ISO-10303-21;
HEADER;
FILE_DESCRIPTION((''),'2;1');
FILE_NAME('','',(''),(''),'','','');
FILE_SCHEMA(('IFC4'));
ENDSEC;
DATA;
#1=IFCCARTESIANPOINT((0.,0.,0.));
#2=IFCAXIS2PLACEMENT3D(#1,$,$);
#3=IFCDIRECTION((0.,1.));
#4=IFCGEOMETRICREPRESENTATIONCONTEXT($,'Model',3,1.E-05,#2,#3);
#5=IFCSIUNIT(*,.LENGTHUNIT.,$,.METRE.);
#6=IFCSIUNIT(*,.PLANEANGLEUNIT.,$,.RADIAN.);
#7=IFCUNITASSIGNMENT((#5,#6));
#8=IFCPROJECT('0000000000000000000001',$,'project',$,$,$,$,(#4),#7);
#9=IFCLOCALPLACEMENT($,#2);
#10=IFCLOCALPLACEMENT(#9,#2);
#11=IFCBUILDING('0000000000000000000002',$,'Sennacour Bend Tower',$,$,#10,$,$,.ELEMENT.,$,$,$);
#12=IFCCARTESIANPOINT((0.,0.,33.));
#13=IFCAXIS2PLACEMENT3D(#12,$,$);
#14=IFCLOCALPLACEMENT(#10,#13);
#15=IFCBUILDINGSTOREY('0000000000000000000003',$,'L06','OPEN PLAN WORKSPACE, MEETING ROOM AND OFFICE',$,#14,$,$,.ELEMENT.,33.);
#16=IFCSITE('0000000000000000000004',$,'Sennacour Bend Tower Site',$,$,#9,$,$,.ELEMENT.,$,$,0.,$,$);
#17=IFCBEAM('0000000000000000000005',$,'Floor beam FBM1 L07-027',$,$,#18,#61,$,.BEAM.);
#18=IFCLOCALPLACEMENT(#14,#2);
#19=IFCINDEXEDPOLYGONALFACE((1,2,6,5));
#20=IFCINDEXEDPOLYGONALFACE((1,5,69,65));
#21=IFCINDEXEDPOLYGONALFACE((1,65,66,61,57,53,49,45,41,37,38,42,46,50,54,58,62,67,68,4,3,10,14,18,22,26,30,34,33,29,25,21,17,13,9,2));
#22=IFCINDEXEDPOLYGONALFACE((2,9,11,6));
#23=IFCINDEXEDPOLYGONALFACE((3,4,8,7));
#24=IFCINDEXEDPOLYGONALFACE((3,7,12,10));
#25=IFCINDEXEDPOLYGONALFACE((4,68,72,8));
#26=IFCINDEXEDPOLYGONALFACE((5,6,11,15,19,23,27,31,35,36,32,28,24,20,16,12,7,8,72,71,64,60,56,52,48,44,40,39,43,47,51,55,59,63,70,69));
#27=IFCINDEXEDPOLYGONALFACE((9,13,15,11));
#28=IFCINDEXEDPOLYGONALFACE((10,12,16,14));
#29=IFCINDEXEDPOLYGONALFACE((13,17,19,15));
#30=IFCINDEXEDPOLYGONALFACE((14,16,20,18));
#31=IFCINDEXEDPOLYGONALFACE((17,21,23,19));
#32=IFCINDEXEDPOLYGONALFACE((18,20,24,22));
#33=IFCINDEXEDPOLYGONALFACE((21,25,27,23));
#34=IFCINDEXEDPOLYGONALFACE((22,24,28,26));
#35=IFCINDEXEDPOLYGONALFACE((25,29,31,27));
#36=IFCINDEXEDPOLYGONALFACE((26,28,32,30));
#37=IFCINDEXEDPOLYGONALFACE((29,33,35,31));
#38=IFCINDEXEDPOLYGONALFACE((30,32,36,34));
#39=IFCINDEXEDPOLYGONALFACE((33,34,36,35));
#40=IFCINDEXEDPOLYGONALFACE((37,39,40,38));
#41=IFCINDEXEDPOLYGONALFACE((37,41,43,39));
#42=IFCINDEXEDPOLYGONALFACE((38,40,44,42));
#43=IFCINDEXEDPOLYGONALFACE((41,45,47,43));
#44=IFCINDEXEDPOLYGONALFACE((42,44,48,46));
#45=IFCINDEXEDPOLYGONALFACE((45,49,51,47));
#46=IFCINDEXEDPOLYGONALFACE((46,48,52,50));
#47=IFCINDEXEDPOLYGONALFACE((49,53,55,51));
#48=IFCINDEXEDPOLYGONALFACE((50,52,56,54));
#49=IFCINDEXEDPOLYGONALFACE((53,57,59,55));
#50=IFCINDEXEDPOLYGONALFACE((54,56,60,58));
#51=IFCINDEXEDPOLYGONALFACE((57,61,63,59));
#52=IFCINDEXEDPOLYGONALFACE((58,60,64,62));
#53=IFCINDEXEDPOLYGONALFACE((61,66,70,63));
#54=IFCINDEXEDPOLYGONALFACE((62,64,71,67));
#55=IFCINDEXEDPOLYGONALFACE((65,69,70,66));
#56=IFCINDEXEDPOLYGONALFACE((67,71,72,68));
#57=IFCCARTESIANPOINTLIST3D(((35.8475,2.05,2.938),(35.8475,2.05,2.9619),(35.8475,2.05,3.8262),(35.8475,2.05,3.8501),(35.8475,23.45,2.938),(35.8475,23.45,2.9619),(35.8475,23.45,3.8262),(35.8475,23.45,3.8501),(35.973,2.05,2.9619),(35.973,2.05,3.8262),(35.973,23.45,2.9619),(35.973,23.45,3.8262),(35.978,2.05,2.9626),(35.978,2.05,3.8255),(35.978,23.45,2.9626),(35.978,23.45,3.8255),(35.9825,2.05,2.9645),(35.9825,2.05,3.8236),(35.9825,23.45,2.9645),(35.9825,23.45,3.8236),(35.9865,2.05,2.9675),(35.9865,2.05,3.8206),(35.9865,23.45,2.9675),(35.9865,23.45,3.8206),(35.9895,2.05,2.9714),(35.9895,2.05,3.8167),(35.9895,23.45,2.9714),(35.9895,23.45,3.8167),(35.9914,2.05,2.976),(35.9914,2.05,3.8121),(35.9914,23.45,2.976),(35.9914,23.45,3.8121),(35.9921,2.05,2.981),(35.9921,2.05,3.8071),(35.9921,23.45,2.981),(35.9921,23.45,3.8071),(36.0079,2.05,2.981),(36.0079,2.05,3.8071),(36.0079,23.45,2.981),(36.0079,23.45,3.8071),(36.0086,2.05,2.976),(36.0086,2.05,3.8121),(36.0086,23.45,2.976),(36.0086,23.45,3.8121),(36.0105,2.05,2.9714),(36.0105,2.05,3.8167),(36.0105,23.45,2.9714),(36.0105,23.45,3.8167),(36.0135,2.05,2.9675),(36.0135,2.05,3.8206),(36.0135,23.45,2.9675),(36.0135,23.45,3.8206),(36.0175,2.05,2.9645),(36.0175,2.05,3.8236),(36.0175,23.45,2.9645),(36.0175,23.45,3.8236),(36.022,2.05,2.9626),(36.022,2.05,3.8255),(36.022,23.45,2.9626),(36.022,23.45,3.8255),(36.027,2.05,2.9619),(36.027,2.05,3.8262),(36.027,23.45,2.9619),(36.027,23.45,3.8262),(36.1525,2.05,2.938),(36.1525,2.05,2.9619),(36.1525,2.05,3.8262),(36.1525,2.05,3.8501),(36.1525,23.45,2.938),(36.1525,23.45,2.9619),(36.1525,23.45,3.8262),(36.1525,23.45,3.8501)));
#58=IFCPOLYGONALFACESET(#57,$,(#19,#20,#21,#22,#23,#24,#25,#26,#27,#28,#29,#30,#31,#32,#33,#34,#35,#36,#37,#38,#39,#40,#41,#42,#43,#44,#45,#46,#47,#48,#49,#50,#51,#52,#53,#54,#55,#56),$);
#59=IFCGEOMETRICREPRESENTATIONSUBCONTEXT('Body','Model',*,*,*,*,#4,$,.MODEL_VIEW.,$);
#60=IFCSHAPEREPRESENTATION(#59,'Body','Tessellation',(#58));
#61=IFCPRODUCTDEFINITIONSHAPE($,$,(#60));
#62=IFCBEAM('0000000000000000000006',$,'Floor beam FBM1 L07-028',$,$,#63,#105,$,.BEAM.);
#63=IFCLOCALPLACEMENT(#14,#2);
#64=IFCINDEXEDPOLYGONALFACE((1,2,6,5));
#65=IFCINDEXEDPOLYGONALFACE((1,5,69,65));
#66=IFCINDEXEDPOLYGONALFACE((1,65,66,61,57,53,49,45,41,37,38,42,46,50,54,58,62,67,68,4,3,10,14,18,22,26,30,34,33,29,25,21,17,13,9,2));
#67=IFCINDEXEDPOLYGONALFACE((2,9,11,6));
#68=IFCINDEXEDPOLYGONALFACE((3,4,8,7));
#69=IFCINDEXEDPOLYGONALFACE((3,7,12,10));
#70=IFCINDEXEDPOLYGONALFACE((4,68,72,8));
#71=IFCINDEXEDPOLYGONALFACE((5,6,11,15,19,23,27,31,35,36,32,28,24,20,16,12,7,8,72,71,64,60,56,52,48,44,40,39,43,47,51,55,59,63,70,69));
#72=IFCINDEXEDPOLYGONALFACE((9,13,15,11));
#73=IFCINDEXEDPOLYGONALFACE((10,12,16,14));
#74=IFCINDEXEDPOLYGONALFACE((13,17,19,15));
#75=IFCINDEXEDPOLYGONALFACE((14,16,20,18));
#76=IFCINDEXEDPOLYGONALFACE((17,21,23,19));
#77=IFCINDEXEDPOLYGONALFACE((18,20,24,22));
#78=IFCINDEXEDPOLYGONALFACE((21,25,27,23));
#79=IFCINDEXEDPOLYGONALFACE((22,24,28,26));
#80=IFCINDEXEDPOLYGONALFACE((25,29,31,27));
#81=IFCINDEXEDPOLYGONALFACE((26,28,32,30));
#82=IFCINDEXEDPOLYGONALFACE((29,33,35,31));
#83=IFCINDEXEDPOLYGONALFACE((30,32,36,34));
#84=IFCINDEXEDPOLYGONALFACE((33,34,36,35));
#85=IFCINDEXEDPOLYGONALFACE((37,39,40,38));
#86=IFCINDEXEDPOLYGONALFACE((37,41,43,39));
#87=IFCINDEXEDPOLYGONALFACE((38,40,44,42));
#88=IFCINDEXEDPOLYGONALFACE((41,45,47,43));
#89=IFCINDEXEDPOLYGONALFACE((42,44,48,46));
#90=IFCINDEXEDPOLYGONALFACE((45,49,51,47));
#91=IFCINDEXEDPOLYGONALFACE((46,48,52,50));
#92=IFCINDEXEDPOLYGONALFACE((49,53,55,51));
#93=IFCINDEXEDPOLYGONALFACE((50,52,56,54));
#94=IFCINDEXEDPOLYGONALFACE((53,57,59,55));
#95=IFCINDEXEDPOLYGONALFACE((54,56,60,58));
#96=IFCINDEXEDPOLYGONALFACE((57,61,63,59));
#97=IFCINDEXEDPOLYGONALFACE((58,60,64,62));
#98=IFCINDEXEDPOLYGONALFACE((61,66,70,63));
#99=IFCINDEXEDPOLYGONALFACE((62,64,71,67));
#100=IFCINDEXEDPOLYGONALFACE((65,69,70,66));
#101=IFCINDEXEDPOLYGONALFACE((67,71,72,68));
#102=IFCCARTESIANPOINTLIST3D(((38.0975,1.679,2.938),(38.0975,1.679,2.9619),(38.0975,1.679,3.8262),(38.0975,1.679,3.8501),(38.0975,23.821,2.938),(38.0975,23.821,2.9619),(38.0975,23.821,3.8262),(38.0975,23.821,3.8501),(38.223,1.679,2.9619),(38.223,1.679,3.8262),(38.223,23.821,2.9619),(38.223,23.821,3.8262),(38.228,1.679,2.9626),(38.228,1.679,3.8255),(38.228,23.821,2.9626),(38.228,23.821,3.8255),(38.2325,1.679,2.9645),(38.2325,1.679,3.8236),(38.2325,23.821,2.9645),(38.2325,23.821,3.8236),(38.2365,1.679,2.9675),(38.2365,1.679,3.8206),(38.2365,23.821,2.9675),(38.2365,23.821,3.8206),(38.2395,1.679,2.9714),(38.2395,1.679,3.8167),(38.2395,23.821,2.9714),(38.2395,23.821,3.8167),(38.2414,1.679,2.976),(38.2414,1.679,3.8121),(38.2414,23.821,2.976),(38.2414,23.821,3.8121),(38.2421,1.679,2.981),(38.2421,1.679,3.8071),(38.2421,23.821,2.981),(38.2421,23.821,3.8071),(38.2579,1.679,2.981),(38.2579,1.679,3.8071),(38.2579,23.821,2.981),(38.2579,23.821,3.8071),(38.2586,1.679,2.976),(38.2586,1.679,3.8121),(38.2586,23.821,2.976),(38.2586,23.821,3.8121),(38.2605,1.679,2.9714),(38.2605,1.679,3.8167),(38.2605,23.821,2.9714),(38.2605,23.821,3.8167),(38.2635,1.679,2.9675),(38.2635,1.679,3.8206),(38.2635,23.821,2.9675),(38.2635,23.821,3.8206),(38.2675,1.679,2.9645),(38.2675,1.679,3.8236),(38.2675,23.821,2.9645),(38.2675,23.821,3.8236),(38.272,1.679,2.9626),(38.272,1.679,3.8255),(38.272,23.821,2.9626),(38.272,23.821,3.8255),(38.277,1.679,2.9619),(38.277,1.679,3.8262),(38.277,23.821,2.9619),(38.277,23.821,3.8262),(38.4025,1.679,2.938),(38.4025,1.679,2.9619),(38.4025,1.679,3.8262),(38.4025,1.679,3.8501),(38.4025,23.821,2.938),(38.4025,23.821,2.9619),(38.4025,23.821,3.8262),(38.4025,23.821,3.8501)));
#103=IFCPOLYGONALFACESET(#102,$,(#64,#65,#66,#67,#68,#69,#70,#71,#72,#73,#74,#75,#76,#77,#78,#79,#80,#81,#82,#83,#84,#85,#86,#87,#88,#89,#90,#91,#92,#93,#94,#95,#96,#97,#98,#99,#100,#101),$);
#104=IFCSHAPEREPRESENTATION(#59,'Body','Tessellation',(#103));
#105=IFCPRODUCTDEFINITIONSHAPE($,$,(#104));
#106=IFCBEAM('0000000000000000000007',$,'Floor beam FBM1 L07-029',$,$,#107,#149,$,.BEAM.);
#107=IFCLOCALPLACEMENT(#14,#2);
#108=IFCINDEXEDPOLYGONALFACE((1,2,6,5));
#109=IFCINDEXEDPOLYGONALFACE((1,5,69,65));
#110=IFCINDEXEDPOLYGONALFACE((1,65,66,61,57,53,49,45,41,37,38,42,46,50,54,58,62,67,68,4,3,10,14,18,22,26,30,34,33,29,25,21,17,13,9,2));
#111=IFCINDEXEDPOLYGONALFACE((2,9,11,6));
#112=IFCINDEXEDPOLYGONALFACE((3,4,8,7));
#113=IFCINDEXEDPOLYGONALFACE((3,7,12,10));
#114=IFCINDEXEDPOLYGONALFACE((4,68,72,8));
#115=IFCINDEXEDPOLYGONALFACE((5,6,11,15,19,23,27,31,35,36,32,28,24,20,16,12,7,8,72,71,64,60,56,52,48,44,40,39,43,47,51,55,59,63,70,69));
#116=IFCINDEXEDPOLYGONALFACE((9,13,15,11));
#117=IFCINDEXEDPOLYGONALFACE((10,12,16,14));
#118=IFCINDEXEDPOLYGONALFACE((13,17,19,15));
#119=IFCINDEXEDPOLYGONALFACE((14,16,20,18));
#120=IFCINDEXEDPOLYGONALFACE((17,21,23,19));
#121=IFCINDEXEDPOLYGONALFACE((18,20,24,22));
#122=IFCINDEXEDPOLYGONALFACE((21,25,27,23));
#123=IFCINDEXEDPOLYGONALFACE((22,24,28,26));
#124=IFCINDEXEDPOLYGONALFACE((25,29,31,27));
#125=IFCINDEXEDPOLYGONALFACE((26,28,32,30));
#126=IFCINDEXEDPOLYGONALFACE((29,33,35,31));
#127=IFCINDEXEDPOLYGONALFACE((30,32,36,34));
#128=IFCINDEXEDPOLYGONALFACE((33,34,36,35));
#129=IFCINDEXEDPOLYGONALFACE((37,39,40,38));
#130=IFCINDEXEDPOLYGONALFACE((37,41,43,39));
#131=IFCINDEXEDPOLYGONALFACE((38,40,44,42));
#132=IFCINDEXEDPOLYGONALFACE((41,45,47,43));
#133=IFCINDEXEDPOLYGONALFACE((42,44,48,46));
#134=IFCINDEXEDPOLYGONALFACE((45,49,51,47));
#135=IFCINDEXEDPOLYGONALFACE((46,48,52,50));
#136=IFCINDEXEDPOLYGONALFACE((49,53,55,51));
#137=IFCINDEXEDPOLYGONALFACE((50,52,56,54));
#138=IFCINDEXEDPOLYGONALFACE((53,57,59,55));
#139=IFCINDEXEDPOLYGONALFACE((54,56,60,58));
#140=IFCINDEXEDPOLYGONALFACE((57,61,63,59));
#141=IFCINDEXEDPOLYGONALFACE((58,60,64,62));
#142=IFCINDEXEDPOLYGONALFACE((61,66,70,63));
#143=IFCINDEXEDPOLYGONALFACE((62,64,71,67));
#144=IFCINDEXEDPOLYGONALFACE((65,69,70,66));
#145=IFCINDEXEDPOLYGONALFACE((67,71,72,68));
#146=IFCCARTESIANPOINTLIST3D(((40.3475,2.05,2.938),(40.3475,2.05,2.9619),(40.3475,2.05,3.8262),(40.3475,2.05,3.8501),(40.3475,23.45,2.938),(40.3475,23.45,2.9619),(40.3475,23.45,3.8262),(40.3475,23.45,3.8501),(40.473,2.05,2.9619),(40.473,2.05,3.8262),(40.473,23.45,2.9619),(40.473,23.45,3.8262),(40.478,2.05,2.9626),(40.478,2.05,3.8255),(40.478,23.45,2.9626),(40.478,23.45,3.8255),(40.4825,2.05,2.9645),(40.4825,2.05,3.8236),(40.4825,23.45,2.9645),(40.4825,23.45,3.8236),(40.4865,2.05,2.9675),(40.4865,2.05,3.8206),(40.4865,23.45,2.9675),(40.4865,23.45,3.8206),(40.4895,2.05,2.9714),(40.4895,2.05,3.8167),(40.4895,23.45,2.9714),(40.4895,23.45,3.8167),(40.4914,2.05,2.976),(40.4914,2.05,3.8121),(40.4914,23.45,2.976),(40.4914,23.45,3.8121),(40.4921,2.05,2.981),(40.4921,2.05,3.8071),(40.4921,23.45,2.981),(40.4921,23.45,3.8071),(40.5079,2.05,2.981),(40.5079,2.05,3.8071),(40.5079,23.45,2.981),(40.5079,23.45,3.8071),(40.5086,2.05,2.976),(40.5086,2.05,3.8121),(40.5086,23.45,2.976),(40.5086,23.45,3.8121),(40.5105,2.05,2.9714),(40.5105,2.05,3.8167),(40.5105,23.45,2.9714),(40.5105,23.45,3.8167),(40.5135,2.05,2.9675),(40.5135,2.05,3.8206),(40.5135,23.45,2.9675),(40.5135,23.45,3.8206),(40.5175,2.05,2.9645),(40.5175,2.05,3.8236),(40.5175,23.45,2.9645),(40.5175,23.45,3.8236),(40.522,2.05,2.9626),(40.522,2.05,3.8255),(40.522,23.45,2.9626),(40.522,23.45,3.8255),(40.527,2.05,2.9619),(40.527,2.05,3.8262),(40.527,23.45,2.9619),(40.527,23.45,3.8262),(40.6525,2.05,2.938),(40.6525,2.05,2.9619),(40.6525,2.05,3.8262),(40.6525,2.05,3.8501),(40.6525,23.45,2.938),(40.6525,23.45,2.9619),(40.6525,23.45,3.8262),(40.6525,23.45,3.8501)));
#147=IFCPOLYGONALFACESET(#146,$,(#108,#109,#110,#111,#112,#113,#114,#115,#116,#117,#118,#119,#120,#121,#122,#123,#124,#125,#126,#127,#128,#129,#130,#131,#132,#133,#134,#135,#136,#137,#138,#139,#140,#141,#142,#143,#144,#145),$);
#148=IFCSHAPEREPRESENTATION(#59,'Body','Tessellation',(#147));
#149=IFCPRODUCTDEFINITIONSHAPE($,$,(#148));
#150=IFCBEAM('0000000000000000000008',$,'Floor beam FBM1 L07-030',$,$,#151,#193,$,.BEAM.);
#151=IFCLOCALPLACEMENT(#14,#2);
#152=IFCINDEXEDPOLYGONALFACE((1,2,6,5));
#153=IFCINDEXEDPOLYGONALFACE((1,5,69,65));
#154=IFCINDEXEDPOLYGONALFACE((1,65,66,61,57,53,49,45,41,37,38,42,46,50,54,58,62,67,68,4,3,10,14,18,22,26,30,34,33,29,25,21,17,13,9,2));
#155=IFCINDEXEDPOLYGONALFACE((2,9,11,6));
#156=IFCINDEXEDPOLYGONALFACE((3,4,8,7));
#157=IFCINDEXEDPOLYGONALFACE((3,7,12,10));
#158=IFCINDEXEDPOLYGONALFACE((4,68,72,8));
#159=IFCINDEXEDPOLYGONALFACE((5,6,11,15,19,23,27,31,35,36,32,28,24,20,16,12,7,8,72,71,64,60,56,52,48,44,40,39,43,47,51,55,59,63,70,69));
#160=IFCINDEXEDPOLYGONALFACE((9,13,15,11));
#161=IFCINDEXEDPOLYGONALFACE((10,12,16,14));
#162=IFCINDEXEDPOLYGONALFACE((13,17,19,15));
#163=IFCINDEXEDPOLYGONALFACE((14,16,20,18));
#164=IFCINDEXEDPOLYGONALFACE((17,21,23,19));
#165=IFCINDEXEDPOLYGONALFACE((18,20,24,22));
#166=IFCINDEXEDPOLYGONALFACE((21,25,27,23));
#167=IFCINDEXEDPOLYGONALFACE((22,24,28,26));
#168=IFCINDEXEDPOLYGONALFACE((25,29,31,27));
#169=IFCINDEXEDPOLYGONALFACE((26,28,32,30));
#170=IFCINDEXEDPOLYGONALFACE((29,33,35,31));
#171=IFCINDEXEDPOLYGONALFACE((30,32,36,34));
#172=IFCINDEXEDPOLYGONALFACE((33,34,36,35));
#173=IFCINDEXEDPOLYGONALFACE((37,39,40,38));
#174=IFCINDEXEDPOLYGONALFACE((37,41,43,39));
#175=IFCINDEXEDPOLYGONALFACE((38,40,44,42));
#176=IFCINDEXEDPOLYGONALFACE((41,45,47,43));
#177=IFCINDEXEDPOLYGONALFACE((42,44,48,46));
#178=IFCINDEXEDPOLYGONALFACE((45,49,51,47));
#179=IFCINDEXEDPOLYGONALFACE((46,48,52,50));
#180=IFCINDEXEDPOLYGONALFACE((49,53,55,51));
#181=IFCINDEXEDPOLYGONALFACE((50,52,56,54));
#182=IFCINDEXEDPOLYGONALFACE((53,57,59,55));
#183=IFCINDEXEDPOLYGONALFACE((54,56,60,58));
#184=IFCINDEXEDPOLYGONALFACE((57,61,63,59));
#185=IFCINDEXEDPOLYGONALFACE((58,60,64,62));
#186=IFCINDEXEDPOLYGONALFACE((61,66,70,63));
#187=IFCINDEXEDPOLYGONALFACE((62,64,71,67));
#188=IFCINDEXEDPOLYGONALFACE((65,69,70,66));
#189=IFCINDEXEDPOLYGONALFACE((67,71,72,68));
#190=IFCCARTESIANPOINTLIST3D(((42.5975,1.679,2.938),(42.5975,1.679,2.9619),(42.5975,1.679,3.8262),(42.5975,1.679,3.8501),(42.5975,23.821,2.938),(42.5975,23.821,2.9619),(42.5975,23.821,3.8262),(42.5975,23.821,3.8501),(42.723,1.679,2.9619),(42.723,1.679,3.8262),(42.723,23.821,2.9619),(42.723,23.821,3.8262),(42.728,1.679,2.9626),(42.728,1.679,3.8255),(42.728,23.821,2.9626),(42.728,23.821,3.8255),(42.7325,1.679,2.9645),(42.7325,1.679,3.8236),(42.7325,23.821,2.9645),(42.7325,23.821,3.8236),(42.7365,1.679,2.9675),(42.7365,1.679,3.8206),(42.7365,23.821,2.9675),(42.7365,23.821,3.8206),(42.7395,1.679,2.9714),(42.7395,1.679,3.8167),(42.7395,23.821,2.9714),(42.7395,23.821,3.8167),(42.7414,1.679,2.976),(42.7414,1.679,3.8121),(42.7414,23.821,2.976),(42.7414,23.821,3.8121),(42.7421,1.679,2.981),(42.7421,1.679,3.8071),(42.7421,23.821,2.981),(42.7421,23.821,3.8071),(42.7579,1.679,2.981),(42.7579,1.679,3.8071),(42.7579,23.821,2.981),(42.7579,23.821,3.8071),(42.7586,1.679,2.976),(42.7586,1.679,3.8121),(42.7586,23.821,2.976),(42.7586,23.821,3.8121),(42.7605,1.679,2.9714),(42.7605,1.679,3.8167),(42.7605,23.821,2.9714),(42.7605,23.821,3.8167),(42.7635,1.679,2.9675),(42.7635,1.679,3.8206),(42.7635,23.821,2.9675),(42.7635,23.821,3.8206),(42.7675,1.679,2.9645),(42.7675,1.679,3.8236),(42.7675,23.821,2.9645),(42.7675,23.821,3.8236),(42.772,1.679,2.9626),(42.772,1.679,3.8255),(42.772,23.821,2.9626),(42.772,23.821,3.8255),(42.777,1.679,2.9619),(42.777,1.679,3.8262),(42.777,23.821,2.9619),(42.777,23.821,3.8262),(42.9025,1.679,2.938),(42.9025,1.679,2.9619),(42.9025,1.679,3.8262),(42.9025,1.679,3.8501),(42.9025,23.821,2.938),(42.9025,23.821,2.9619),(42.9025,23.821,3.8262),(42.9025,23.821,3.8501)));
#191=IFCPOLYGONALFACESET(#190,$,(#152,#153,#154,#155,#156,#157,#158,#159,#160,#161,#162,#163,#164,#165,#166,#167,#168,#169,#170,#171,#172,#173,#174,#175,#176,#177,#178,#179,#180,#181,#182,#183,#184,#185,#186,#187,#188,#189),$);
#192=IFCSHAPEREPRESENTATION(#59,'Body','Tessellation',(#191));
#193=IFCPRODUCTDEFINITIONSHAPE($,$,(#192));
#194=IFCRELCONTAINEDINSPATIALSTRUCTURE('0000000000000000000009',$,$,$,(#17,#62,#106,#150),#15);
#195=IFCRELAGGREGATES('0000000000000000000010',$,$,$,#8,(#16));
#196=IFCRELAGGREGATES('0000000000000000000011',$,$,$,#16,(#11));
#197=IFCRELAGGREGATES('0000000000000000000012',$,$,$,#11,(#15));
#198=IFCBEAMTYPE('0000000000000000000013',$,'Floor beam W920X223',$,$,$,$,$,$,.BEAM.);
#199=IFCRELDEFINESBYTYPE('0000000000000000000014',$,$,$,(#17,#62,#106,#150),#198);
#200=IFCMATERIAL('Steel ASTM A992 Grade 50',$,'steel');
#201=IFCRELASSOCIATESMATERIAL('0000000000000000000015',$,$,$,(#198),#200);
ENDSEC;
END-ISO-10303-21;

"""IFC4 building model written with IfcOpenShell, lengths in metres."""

from ifc_helpers import new_model, si_unit, direction, frame, origin, origin_2d, place, context, subcontext, project, spatial, i_section, extrude, material, material_profile, profile_set, type_object, element, save


model = new_model("IFC4")

# Units and contexts
model_context = context("Model", 3, precision=1e-05, world=origin(), true_north=direction((0.0, 1.0)))
body_context = subcontext(model_context, "Body", "Model", "MODEL_VIEW")
ifc_project = project(units=[si_unit("LENGTHUNIT", "METRE"), si_unit("PLANEANGLEUNIT", "RADIAN")], contexts=[model_context])

# Site, building, storey
site_placement = place(None, origin())
site = spatial("IfcSite", under=ifc_project, at=site_placement, Name="Sennacour Bend Tower Site", CompositionType="ELEMENT", RefElevation=0.0)
building_placement = place(site_placement, origin())
building = spatial("IfcBuilding", under=site, at=building_placement, Name="Sennacour Bend Tower", CompositionType="ELEMENT")
storey_placement = place(building_placement, frame((0.0, 0.0, 33.0)))
storey = spatial("IfcBuildingStorey", under=building, at=storey_placement, Name="L06", Description="OPEN PLAN WORKSPACE, MEETING ROOM AND OFFICE", CompositionType="ELEMENT", Elevation=33.0)

# Beams
ifc_material_1 = material(Name="Steel ASTM A992 Grade 50", Category="steel")
ifc_material_profile_1 = material_profile(ifc_material_1, i_section(OverallWidth=0.3049, OverallDepth=0.9121, WebThickness=0.0159, FlangeThickness=0.0239, FilletRadius=0.019, at=origin_2d()), Name="Steel ASTM A992 Grade 50", Category="steel")
ifc_profile_set_1 = profile_set([ifc_material_profile_1], Name="Steel ASTM A992 Grade 50")
beam_type_1 = type_object("IfcBeamType", Name="Floor beam W920X223", PredefinedType="BEAM", material=ifc_profile_set_1)
beam_1_placement = place(storey_placement, frame((36.0, 2.05, 3.394), z_axis=(0.0, 1.0, 0.0), x_axis=(-1.0, 0.0, 0.0)))
element("IfcBeam", 1, at=beam_1_placement, inside=storey, type_object=beam_type_1, Name="Floor beam FBM1 L07-027", PredefinedType="BEAM", context=body_context, shape_type="SweptSolid", body=[
    extrude(i_section(OverallWidth=0.3049, OverallDepth=0.9121, WebThickness=0.0159, FlangeThickness=0.0239, FilletRadius=0.019, at=origin_2d()), origin(), (0.0, 0.0, 1.0), 21.3999),
])
beam_2_placement = place(storey_placement, frame((38.25, 1.679, 3.394), z_axis=(0.0, 1.0, 0.0), x_axis=(-1.0, 0.0, 0.0)))
element("IfcBeam", 2, at=beam_2_placement, inside=storey, type_object=beam_type_1, Name="Floor beam FBM1 L07-028", PredefinedType="BEAM", context=body_context, shape_type="SweptSolid", body=[
    extrude(i_section(OverallWidth=0.3049, OverallDepth=0.9121, WebThickness=0.0159, FlangeThickness=0.0239, FilletRadius=0.019, at=origin_2d()), origin(), (0.0, 0.0, 1.0), 22.1421),
])
beam_3_placement = place(storey_placement, frame((40.5, 2.05, 3.394), z_axis=(0.0, 1.0, 0.0), x_axis=(-1.0, 0.0, 0.0)))
element("IfcBeam", 3, at=beam_3_placement, inside=storey, type_object=beam_type_1, Name="Floor beam FBM1 L07-029", PredefinedType="BEAM", context=body_context, shape_type="SweptSolid", body=[
    extrude(i_section(OverallWidth=0.3049, OverallDepth=0.9121, WebThickness=0.0159, FlangeThickness=0.0239, FilletRadius=0.019, at=origin_2d()), origin(), (0.0, 0.0, 1.0), 21.3999),
])
beam_4_placement = place(storey_placement, frame((42.75, 1.679, 3.394), z_axis=(0.0, 1.0, 0.0), x_axis=(-1.0, 0.0, 0.0)))
element("IfcBeam", 4, at=beam_4_placement, inside=storey, type_object=beam_type_1, Name="Floor beam FBM1 L07-030", PredefinedType="BEAM", context=body_context, shape_type="SweptSolid", body=[
    extrude(i_section(OverallWidth=0.3049, OverallDepth=0.9121, WebThickness=0.0159, FlangeThickness=0.0239, FilletRadius=0.019, at=origin_2d()), origin(), (0.0, 0.0, 1.0), 22.1421),
])

save(model, "model.ifc")
